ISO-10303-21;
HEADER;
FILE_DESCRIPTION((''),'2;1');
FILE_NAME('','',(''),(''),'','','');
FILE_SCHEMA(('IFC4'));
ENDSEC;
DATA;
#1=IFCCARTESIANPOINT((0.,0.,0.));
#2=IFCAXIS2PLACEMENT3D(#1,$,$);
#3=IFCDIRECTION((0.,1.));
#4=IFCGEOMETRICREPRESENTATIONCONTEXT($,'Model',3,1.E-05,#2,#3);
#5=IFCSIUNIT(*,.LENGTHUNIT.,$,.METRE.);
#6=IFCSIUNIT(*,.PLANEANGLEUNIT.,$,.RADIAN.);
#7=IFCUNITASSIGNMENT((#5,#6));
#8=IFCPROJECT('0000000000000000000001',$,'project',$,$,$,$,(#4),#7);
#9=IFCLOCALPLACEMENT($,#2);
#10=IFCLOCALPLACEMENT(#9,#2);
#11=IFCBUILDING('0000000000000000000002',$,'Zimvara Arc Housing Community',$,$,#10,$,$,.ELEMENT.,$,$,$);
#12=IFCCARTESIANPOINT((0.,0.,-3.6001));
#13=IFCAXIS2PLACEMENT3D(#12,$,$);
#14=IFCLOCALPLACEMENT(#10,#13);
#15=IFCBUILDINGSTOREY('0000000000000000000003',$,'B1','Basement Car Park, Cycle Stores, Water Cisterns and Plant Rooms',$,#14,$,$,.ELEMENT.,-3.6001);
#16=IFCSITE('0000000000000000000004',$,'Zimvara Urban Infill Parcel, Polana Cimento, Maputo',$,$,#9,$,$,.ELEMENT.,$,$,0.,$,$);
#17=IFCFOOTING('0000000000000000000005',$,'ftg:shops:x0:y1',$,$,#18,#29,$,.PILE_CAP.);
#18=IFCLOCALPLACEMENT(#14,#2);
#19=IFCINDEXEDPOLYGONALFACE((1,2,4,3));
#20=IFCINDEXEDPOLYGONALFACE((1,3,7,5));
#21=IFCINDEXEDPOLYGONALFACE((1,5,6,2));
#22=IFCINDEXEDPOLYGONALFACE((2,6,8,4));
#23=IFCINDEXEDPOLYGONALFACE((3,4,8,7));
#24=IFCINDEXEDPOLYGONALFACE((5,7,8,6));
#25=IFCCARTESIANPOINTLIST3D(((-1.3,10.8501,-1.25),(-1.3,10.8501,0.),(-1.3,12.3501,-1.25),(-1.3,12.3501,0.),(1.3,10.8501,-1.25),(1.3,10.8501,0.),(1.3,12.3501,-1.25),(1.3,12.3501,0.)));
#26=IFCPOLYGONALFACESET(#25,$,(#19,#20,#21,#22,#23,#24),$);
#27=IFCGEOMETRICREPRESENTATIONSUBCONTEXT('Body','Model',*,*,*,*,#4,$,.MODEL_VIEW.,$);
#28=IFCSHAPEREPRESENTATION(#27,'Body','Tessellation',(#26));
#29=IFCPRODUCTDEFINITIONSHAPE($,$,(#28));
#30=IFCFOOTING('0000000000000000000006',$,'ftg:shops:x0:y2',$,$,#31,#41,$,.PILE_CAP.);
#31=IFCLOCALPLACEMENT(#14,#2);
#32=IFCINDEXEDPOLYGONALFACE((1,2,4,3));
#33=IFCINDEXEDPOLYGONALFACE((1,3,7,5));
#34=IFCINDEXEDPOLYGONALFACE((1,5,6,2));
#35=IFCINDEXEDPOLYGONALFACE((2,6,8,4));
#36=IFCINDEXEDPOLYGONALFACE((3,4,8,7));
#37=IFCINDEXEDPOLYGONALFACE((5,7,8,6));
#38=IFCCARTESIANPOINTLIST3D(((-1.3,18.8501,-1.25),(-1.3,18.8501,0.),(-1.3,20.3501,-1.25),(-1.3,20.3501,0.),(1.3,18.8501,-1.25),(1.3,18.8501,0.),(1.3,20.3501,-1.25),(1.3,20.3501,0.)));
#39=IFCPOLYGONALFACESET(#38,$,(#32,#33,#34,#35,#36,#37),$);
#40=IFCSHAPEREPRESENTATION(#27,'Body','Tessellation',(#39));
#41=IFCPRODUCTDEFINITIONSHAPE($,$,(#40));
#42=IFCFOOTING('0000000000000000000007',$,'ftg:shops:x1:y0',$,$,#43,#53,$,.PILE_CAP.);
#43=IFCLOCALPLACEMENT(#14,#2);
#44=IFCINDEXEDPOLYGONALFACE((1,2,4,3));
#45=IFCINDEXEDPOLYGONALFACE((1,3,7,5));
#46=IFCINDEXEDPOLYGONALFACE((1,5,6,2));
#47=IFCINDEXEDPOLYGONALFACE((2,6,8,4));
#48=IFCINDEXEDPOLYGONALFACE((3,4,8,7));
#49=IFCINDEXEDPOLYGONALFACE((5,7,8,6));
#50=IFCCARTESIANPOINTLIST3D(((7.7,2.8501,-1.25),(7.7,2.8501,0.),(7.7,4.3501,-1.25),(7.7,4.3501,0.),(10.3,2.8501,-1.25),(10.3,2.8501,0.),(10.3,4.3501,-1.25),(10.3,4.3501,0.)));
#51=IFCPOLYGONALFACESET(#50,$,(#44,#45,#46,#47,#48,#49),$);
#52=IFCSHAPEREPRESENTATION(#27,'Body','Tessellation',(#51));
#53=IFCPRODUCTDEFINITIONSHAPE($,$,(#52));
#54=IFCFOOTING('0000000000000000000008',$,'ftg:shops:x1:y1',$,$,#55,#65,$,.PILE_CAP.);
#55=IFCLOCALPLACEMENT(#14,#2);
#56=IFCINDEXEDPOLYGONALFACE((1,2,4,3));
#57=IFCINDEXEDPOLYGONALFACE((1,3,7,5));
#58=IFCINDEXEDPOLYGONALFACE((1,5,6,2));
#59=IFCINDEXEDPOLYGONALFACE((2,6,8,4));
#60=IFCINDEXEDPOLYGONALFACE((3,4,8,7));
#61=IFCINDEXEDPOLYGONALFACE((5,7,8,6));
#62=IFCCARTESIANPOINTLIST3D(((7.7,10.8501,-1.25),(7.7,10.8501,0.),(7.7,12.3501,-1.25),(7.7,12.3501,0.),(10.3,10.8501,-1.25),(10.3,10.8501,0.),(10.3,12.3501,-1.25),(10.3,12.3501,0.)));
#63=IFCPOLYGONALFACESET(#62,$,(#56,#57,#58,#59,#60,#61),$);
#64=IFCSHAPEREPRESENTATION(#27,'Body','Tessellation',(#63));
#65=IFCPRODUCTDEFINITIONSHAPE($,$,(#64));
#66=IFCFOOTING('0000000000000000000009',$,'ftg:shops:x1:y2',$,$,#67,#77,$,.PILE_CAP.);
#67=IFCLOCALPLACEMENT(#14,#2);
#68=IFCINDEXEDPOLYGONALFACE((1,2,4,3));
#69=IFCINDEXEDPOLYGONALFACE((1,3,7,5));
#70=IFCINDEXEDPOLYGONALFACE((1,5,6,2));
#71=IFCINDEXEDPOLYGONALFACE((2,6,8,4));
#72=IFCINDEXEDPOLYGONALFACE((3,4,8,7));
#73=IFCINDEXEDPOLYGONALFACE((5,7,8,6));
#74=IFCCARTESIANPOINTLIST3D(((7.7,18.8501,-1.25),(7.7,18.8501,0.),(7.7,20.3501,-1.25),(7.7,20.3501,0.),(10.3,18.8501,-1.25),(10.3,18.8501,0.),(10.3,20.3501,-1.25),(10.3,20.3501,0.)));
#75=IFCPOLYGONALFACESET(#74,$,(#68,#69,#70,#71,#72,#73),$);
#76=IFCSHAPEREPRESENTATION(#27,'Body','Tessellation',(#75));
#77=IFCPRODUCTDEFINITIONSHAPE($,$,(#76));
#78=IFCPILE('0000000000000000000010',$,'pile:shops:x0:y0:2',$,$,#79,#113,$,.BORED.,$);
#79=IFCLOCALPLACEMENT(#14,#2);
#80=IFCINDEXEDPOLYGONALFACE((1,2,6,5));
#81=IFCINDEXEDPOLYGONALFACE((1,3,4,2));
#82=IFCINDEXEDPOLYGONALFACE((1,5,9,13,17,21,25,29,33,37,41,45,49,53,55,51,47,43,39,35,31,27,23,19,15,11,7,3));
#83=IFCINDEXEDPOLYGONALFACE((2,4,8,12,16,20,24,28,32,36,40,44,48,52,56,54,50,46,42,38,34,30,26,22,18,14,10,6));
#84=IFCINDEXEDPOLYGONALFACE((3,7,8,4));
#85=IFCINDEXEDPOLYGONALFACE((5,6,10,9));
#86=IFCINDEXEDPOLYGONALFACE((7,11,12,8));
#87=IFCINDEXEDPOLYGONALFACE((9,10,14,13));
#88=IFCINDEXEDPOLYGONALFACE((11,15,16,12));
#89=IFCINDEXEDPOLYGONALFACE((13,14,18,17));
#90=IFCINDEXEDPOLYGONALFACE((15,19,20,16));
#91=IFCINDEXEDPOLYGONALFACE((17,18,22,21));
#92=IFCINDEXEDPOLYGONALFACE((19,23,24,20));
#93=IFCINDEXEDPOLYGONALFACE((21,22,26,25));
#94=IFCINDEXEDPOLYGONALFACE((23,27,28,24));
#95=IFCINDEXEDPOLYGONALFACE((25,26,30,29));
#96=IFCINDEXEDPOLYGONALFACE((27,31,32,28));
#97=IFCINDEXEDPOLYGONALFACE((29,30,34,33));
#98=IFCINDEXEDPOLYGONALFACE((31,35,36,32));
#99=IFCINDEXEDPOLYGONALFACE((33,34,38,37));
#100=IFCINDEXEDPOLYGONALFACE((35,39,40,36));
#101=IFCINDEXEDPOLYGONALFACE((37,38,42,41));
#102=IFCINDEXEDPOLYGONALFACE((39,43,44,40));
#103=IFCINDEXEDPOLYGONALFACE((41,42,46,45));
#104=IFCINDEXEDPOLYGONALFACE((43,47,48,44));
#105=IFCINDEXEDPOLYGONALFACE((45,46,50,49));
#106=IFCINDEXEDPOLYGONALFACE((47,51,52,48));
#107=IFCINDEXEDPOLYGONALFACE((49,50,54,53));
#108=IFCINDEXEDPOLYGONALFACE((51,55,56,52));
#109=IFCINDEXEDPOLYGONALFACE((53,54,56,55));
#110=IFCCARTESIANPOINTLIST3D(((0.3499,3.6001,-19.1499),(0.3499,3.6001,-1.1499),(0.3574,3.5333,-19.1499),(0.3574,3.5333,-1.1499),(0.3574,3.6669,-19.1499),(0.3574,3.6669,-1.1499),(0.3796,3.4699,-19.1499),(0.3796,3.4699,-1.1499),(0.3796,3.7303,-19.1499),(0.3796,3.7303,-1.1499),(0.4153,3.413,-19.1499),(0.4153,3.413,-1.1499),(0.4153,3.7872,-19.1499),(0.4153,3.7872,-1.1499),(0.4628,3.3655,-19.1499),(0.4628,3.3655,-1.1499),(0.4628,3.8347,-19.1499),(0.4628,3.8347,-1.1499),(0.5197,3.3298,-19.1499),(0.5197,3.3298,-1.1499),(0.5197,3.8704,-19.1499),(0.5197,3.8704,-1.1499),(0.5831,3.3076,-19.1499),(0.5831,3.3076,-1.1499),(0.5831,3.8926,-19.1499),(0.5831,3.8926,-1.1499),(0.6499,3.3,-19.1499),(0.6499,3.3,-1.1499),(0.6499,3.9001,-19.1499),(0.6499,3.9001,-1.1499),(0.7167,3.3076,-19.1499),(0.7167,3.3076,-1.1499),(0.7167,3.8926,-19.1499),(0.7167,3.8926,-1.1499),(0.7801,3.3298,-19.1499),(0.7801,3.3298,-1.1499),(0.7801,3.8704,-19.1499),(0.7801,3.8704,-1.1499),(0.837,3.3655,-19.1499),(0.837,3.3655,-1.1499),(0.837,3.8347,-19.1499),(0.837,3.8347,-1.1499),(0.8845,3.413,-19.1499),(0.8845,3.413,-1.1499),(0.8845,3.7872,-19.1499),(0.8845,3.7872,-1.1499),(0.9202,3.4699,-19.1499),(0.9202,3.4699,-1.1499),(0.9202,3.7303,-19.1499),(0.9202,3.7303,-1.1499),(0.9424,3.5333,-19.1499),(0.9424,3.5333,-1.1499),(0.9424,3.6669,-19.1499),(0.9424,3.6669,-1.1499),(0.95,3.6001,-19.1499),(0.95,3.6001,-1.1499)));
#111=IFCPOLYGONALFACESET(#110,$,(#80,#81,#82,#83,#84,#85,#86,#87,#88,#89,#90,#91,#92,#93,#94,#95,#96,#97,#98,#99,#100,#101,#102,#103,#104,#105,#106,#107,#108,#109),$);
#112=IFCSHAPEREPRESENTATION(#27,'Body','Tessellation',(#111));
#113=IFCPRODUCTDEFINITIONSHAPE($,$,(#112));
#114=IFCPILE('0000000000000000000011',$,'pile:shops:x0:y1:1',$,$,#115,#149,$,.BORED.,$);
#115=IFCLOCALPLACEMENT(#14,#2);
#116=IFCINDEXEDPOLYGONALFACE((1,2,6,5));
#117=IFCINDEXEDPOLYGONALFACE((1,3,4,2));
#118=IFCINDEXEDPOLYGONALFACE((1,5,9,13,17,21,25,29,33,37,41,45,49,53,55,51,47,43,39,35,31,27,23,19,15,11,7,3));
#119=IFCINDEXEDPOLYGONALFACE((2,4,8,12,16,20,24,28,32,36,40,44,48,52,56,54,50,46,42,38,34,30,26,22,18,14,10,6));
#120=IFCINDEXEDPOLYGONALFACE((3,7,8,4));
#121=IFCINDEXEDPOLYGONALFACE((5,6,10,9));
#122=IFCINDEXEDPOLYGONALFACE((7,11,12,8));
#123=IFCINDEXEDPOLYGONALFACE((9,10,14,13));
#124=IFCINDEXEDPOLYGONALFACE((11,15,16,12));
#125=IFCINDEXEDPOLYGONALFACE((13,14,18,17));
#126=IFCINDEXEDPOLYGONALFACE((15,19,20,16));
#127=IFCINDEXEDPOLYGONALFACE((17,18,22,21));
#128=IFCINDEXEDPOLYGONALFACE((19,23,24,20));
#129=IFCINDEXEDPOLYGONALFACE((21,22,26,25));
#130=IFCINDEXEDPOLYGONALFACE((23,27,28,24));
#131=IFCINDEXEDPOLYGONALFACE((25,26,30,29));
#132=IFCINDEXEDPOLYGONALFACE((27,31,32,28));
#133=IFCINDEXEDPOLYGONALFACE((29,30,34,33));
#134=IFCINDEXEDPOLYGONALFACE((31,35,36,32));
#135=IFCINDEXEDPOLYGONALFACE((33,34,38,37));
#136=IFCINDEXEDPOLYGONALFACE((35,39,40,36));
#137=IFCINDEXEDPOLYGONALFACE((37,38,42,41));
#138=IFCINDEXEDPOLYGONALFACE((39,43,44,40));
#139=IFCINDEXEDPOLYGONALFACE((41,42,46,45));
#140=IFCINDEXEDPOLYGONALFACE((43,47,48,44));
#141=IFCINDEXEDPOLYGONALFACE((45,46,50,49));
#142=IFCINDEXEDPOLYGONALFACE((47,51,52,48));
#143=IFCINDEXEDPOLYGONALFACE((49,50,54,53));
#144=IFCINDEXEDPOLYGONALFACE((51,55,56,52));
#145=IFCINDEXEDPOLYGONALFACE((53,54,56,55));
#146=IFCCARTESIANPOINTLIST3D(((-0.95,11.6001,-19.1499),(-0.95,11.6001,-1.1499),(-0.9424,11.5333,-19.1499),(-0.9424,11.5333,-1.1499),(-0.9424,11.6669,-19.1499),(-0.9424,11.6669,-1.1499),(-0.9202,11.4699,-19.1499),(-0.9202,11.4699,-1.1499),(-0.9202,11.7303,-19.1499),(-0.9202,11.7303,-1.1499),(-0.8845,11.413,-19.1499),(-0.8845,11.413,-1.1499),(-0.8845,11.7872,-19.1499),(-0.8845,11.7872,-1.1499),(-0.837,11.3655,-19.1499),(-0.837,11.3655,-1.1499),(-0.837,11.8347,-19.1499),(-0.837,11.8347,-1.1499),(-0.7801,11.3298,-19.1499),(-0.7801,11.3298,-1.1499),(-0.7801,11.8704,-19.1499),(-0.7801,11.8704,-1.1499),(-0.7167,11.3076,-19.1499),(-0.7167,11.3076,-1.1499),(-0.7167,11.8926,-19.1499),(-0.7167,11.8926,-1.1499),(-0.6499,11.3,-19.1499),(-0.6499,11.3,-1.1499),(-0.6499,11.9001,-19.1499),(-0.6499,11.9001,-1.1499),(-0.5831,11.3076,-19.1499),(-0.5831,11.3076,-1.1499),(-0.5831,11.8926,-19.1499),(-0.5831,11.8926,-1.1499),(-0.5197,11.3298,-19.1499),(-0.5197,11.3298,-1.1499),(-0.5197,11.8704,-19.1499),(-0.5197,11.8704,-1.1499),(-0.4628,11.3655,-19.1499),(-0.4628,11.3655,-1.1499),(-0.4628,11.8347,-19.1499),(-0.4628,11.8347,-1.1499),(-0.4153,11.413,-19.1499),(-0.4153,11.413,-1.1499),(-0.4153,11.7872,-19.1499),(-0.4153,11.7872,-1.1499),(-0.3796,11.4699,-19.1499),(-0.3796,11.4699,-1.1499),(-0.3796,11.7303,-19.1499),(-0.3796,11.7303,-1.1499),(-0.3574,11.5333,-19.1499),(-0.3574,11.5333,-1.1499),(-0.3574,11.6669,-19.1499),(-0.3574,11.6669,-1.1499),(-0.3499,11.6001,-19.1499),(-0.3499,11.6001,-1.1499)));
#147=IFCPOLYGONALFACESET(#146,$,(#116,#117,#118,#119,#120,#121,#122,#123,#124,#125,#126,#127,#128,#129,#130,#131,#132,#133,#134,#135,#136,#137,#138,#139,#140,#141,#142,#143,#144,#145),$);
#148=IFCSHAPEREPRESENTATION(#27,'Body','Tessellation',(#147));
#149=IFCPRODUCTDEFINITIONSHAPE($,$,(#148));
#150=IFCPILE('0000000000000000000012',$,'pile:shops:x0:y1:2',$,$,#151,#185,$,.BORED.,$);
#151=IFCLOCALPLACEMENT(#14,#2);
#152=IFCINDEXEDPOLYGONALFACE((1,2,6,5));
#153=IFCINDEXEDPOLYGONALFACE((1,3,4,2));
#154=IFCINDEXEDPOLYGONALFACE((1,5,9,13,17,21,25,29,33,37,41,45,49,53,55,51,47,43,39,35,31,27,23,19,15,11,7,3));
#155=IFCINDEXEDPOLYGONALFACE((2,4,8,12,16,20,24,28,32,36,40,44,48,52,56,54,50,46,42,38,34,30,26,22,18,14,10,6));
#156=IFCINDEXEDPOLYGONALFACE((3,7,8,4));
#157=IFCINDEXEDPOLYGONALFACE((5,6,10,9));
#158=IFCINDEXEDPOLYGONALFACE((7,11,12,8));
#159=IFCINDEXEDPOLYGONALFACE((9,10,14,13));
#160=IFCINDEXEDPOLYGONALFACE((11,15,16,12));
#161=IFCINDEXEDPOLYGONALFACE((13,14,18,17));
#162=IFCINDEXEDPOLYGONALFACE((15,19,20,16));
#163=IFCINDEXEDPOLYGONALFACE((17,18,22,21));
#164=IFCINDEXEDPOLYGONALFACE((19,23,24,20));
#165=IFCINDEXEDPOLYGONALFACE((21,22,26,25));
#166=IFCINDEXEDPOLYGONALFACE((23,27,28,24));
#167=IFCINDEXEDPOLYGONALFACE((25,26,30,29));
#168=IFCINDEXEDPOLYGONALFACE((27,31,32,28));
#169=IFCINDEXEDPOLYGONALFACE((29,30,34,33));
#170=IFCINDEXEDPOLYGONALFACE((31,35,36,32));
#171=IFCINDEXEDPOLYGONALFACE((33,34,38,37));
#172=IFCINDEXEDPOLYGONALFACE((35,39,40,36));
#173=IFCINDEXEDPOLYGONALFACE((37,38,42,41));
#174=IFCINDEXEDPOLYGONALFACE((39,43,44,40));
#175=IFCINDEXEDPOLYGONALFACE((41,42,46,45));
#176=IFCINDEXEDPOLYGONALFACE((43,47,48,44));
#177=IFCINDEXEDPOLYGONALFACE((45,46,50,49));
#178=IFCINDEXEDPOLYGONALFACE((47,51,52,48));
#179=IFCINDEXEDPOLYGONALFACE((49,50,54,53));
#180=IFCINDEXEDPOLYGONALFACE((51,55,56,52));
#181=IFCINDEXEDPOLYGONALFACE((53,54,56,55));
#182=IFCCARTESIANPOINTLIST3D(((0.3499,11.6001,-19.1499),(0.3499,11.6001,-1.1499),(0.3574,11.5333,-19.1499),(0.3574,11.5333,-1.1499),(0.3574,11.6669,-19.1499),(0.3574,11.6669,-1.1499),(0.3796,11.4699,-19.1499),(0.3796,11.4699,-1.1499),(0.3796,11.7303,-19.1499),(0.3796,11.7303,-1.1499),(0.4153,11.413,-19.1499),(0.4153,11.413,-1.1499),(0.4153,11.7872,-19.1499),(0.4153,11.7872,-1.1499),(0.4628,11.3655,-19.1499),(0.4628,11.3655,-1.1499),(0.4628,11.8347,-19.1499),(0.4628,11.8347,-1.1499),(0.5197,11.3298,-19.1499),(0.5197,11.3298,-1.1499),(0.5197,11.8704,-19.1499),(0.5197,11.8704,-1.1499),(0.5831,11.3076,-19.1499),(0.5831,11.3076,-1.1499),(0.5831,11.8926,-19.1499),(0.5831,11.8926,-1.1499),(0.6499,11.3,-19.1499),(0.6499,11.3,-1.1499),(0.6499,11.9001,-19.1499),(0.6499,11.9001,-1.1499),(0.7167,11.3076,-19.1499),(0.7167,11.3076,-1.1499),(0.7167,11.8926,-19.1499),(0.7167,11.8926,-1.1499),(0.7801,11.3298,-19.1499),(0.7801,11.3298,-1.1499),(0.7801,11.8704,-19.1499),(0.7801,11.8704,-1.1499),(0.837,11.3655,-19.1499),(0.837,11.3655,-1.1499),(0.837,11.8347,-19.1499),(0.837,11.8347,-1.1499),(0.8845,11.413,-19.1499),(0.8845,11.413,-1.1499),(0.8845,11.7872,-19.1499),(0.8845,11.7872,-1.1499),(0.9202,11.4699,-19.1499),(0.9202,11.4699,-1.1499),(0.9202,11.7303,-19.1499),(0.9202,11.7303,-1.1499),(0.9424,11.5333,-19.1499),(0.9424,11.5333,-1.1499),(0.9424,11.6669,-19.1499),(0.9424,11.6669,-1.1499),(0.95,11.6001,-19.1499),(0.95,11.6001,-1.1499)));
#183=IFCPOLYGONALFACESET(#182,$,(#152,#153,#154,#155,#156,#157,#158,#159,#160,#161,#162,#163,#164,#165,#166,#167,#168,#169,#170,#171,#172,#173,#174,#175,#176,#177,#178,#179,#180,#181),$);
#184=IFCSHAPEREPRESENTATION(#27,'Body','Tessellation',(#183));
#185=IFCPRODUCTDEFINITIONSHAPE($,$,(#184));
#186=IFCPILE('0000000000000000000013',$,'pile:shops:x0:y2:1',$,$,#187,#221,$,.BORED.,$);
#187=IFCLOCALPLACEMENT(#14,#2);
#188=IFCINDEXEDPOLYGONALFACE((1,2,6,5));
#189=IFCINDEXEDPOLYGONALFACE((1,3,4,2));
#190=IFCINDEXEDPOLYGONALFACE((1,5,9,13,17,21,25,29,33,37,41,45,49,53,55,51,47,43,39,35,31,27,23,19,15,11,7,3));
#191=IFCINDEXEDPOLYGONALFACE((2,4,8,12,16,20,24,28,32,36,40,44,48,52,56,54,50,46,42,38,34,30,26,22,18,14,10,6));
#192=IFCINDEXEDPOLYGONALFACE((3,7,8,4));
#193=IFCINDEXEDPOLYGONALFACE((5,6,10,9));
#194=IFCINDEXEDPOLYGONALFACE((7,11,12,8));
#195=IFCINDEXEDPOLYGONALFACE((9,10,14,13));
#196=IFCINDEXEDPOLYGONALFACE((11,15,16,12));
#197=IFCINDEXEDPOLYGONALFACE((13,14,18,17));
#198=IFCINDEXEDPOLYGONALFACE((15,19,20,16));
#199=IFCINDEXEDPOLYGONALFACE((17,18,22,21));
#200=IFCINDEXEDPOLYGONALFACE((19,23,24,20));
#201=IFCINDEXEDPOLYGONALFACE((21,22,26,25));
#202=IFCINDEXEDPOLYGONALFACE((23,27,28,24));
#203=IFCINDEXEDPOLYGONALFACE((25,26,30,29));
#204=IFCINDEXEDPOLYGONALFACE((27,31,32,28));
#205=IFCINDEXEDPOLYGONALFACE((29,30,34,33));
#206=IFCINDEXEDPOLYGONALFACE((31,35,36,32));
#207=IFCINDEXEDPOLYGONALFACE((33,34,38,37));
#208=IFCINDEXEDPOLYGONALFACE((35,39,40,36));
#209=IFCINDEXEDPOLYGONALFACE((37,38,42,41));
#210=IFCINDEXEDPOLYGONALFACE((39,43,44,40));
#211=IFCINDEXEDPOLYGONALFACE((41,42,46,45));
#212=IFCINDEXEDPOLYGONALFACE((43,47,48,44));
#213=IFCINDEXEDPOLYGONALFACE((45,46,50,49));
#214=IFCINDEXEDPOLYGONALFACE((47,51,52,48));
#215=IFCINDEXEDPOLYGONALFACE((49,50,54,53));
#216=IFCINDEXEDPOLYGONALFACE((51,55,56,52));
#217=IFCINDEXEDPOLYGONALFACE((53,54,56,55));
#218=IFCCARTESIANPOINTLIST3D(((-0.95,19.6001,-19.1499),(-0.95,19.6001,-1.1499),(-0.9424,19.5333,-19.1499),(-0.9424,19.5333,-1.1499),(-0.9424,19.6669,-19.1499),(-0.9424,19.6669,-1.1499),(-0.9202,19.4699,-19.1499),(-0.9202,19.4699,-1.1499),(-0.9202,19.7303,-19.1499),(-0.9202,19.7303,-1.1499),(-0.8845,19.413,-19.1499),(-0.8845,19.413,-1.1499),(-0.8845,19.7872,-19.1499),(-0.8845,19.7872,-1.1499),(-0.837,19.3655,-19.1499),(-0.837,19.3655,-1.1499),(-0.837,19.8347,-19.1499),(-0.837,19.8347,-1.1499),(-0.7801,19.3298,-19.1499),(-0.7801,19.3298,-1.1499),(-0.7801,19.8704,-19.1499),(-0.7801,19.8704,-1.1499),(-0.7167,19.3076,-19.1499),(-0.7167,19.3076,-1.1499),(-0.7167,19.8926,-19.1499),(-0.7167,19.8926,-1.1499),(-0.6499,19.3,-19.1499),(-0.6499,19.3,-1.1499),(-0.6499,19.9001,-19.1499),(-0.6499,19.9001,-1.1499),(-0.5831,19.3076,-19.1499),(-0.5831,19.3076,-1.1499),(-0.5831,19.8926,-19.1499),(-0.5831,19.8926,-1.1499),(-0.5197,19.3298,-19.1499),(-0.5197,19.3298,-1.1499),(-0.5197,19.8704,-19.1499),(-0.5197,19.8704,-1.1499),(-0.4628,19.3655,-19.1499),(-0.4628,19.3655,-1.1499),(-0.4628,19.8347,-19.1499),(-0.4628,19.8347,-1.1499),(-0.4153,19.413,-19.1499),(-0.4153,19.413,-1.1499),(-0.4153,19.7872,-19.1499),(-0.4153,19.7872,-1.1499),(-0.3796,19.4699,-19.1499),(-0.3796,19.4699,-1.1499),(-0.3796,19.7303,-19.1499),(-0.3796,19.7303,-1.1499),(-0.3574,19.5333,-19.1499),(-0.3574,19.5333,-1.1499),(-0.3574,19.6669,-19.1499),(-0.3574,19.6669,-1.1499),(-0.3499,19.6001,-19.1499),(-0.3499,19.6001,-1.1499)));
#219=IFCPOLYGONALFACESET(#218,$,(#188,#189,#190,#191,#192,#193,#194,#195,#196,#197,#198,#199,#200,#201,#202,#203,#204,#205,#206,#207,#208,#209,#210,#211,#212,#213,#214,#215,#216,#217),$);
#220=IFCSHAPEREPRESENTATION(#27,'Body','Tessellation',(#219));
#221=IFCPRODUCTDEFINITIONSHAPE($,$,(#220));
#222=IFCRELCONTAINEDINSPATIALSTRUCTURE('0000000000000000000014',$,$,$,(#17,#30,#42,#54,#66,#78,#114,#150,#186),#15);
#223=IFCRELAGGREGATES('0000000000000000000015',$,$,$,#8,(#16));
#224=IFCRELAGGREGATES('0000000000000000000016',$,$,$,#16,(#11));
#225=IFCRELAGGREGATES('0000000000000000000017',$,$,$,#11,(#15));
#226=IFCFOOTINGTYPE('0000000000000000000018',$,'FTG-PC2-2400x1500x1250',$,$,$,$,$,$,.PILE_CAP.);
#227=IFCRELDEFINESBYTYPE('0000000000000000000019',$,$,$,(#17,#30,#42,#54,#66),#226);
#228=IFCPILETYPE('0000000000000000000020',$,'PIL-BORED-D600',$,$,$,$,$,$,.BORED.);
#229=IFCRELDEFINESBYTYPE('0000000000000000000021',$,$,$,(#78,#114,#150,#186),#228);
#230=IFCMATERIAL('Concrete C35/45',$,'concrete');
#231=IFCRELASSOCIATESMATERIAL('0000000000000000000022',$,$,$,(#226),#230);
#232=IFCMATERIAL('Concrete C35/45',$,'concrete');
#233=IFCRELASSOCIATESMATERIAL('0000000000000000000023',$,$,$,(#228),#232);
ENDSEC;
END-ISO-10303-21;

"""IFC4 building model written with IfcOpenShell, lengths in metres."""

from ifc_helpers import new_model, si_unit, direction, frame, origin, origin_2d, place, context, subcontext, project, spatial, rectangle, circle, extrude, material, material_profile, profile_set, type_object, element, save


model = new_model("IFC4")

# Units and contexts
model_context = context("Model", 3, precision=1e-05, world=origin(), true_north=direction((0.0, 1.0)))
body_context = subcontext(model_context, "Body", "Model", "MODEL_VIEW")
ifc_project = project(units=[si_unit("LENGTHUNIT", "METRE"), si_unit("PLANEANGLEUNIT", "RADIAN")], contexts=[model_context])

# Site, building, storey
site_placement = place(None, origin())
site = spatial("IfcSite", under=ifc_project, at=site_placement, Name="Zimvara Urban Infill Parcel, Polana Cimento, Maputo", CompositionType="ELEMENT", RefElevation=0.0)
building_placement = place(site_placement, origin())
building = spatial("IfcBuilding", under=site, at=building_placement, Name="Zimvara Arc Housing Community", CompositionType="ELEMENT")
storey_placement = place(building_placement, frame((0.0, 0.0, -3.6001)))
storey = spatial("IfcBuildingStorey", under=building, at=storey_placement, Name="B1", Description="Basement Car Park, Cycle Stores, Water Cisterns and Plant Rooms", CompositionType="ELEMENT", Elevation=-3.6001)

# Footings
ifc_material_1 = material(Name="Concrete C35/45", Category="concrete")
footing_type = type_object("IfcFootingType", Name="FTG-PC2-2400x1500x1250", PredefinedType="PILE_CAP", material=ifc_material_1)
for number, where, z_axis, x_axis, name in (
    (1, (0.0, 11.6001, -1.25), (0.0, 0.0, 1.0), (1.0, 0.0, 0.0), "ftg:shops:x0:y1"),
    (2, (0.0, 19.6001, -1.25), (0.0, 0.0, 1.0), (1.0, 0.0, 0.0), "ftg:shops:x0:y2"),
    (3, (9.0, 3.6001, -1.25), (0.0, 0.0, 1.0), (1.0, 0.0, 0.0), "ftg:shops:x1:y0"),
    (4, (9.0, 11.6001, -1.25), (0.0, 0.0, 1.0), (1.0, 0.0, 0.0), "ftg:shops:x1:y1"),
    (5, (9.0, 19.6001, -1.25), (0.0, 0.0, 1.0), (1.0, 0.0, 0.0), "ftg:shops:x1:y2"),
):
    element("IfcFooting", number, at=place(storey_placement, frame(where, z_axis=z_axis, x_axis=x_axis)), inside=storey, type_object=footing_type, Name=name, PredefinedType="PILE_CAP", context=body_context, shape_type="SweptSolid", body=[
        extrude(rectangle(XDim=2.6001, YDim=1.5, at=origin_2d()), origin(), (0.0, 0.0, 1.0), 1.25),
    ])

# Piles
ifc_material_2 = material(Name="Concrete C35/45", Category="concrete")
ifc_material_profile_1 = material_profile(ifc_material_2, circle(Radius=0.3, at=origin_2d()), Name="PILE D600")
ifc_profile_set_1 = profile_set([ifc_material_profile_1], Name="Concrete C35/45")
pile_type = type_object("IfcPileType", Name="PIL-BORED-D600", PredefinedType="BORED", material=ifc_profile_set_1)
for number, where, z_axis, x_axis, name in (
    (6, (0.6499, 3.6001, -1.1499), (0.0, 0.0, -1.0), (1.0, 0.0, 0.0), "pile:shops:x0:y0:2"),
    (7, (-0.6499, 11.6001, -1.1499), (0.0, 0.0, -1.0), (1.0, 0.0, 0.0), "pile:shops:x0:y1:1"),
    (8, (0.6499, 11.6001, -1.1499), (0.0, 0.0, -1.0), (1.0, 0.0, 0.0), "pile:shops:x0:y1:2"),
    (9, (-0.6499, 19.6001, -1.1499), (0.0, 0.0, -1.0), (1.0, 0.0, 0.0), "pile:shops:x0:y2:1"),
):
    element("IfcPile", number, at=place(storey_placement, frame(where, z_axis=z_axis, x_axis=x_axis)), inside=storey, type_object=pile_type, Name=name, PredefinedType="BORED", context=body_context, shape_type="SweptSolid", body=[
        extrude(circle(Radius=0.3, at=origin_2d()), origin(), (0.0, 0.0, 1.0), 18.0),
    ])

save(model, "model.ifc")
